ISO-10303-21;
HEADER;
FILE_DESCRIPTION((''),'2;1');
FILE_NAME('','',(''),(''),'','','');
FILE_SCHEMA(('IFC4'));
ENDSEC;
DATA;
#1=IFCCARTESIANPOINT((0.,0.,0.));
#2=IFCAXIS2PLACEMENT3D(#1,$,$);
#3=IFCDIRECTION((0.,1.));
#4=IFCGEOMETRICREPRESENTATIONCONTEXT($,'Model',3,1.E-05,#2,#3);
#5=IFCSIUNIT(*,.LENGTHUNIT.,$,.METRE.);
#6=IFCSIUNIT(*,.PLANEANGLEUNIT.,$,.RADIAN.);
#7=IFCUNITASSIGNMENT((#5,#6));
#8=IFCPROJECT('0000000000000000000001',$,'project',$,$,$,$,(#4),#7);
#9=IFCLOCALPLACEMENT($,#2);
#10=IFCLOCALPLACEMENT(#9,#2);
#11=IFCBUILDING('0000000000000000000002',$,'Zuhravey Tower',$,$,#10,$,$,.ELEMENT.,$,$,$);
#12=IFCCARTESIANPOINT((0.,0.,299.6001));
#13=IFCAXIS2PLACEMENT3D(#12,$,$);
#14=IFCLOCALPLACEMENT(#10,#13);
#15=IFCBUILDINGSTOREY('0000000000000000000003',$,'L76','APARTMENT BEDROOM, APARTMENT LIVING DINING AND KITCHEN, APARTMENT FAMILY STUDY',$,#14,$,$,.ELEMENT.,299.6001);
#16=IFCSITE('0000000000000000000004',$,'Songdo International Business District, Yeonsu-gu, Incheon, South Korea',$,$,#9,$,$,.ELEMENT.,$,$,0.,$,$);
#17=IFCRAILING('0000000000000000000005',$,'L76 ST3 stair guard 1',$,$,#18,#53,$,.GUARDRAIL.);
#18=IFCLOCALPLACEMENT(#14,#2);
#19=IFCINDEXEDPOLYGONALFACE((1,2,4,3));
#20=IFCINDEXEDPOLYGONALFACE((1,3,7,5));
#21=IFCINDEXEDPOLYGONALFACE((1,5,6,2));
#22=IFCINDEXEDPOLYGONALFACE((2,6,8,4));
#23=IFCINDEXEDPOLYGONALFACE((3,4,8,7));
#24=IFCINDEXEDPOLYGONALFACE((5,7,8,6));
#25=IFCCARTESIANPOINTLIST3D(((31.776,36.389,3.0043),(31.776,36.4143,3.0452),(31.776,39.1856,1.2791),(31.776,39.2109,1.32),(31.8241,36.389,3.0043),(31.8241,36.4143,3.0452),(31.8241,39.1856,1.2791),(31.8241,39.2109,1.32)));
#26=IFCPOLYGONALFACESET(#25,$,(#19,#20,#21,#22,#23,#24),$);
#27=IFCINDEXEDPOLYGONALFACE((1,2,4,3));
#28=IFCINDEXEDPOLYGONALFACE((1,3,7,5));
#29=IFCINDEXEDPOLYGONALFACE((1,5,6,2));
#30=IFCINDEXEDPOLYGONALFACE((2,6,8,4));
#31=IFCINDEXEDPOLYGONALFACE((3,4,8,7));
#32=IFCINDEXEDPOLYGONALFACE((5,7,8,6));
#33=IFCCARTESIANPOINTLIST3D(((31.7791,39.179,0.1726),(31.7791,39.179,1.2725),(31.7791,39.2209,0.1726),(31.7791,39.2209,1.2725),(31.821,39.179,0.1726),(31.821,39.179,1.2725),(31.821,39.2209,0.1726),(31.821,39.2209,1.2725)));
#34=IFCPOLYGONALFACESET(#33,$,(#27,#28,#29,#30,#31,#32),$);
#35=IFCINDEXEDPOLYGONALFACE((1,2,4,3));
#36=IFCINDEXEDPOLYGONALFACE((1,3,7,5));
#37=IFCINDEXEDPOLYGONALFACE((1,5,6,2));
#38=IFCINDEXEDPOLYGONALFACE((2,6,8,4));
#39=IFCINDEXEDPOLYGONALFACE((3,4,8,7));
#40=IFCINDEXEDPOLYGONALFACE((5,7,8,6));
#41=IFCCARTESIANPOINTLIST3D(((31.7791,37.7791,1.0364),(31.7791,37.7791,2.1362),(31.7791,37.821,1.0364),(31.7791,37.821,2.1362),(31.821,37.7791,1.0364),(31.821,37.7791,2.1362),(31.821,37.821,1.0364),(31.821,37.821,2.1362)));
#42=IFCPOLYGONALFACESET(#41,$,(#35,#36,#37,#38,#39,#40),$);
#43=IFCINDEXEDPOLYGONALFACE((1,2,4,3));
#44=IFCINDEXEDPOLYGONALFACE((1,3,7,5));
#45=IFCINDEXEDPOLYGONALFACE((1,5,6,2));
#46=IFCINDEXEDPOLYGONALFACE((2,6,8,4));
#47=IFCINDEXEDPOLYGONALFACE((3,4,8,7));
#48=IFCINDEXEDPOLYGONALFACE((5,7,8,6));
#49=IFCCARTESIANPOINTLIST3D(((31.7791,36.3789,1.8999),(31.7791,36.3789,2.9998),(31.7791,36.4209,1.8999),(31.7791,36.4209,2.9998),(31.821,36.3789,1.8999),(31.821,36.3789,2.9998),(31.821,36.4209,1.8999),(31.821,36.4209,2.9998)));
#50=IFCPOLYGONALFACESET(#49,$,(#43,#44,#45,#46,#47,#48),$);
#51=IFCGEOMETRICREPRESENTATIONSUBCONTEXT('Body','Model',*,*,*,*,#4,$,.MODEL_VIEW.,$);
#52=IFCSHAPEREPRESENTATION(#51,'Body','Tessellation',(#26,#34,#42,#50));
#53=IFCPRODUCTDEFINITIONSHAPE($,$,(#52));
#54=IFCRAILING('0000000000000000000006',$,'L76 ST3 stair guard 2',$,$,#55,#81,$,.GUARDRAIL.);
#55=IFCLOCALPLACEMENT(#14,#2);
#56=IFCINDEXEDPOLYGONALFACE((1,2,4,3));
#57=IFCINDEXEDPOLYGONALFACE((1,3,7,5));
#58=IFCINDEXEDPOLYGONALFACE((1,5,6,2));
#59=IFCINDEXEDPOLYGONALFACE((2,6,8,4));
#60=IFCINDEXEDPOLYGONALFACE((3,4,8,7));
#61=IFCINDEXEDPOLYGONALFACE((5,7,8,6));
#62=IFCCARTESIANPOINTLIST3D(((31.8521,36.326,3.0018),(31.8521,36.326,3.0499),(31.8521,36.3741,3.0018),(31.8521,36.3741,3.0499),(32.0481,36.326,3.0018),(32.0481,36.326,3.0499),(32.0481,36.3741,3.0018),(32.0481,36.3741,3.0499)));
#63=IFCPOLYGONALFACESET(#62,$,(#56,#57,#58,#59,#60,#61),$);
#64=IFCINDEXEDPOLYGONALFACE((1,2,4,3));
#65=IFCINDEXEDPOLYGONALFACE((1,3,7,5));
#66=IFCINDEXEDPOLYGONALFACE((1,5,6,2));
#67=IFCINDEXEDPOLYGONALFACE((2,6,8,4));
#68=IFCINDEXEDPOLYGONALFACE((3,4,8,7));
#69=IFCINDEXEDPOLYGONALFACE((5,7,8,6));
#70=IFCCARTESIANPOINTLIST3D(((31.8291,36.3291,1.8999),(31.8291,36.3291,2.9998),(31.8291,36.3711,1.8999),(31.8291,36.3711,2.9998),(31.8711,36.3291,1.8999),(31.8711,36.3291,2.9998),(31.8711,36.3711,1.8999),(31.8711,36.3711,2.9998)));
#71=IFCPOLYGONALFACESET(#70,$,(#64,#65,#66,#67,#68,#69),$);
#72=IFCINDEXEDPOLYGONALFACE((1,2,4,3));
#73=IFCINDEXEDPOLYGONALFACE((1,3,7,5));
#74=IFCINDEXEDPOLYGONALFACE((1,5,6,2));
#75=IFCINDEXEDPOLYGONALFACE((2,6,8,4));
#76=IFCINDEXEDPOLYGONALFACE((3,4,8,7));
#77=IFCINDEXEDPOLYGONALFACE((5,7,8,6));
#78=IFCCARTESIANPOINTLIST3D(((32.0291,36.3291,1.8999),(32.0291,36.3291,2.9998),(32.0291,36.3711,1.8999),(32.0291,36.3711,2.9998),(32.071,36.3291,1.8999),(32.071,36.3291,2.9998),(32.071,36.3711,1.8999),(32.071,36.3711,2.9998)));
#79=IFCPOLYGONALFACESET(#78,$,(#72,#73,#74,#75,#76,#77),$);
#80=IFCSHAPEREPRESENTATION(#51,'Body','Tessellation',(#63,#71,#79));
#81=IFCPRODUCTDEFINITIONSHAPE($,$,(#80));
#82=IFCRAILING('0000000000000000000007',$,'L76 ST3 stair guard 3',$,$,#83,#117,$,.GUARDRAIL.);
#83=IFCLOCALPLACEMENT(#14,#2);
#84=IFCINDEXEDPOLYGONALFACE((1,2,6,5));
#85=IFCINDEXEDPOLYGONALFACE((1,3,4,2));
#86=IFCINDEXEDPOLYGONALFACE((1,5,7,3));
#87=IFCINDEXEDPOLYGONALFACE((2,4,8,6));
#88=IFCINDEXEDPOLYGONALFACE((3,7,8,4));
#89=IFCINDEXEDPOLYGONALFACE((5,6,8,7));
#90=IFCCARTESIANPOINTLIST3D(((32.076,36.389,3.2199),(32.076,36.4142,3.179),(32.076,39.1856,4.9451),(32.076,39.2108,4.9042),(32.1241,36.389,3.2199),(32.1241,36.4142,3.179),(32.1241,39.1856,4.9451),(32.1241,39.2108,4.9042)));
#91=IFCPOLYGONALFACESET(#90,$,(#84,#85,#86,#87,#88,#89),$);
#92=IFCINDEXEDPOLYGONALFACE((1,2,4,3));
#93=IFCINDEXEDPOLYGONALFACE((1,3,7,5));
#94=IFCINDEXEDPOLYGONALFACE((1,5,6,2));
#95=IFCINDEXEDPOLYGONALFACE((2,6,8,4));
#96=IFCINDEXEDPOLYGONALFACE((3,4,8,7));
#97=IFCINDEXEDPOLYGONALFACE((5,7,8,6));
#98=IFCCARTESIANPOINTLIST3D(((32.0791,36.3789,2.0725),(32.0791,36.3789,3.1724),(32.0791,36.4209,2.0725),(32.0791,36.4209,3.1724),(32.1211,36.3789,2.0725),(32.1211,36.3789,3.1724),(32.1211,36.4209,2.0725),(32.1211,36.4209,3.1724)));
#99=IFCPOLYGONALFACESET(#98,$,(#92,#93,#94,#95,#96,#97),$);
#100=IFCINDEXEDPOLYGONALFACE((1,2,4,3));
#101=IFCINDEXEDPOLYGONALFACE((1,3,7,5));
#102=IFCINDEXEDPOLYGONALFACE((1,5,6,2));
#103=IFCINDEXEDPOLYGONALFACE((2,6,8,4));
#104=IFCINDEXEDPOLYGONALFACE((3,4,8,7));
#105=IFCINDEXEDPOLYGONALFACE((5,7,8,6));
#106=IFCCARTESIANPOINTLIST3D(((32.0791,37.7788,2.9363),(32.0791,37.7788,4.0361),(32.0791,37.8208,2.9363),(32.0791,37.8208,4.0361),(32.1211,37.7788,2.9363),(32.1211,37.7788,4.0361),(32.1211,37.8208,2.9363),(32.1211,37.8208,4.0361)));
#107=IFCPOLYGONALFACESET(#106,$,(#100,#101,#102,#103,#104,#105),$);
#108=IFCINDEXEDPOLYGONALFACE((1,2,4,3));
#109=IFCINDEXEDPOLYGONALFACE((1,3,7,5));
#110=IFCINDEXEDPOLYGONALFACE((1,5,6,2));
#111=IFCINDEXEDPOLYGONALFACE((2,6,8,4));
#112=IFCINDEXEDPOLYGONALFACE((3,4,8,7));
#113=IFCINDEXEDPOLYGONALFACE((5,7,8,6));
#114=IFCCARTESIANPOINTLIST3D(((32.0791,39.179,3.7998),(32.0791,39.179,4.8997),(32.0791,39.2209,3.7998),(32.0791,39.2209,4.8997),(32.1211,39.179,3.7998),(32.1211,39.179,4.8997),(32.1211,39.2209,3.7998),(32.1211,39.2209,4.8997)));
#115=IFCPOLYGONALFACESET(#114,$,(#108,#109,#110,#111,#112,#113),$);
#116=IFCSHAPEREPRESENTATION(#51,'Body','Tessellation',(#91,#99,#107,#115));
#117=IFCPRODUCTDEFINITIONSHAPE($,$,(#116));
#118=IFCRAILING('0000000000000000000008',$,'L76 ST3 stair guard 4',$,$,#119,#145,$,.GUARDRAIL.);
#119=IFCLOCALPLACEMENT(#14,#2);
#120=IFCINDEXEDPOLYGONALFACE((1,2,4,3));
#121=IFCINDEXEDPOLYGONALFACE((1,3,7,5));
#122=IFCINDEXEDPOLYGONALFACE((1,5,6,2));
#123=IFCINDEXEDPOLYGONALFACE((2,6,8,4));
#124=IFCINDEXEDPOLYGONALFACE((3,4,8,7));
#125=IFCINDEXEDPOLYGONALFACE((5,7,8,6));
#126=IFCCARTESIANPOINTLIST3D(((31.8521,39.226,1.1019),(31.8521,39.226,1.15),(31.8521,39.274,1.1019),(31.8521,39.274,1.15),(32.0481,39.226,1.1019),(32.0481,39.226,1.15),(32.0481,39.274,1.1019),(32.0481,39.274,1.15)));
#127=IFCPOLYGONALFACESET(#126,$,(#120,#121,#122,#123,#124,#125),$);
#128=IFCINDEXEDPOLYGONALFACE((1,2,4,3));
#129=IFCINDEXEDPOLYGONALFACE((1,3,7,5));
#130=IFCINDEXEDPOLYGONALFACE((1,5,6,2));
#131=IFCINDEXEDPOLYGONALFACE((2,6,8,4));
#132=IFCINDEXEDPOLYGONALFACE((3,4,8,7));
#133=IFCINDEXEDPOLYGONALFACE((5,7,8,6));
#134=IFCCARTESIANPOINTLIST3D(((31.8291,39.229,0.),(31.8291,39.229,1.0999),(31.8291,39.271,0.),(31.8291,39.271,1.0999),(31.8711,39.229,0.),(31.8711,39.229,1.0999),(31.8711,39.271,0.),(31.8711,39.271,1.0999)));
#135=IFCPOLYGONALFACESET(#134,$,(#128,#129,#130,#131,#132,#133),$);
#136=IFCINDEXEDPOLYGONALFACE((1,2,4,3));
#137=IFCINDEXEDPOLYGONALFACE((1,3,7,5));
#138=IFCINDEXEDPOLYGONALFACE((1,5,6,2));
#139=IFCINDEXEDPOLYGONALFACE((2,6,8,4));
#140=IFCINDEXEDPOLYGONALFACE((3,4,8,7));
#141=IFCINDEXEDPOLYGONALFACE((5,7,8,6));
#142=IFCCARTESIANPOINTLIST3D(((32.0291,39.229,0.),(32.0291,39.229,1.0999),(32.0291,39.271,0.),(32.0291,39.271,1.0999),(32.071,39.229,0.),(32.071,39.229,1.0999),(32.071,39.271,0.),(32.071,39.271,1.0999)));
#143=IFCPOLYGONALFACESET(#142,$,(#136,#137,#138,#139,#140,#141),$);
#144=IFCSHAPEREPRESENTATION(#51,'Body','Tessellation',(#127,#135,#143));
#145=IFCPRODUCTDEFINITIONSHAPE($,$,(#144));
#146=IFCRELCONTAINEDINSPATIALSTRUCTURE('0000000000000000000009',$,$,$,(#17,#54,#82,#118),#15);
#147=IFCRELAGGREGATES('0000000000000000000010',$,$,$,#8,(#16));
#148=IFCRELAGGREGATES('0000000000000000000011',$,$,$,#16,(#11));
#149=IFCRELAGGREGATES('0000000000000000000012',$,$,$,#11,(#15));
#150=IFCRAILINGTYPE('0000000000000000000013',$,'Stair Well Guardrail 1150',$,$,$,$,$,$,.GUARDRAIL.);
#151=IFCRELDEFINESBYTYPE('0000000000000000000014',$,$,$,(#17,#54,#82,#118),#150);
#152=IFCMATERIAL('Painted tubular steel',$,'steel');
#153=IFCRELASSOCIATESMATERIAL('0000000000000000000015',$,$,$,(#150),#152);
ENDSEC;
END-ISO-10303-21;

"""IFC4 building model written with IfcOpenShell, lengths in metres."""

from ifc_helpers import new_model, si_unit, direction, frame, origin, origin_2d, place, context, subcontext, project, spatial, rectangle, extrude, material, type_object, element, save


model = new_model("IFC4")

# Units and contexts
model_context = context("Model", 3, precision=1e-05, world=origin(), true_north=direction((0.0, 1.0)))
body_context = subcontext(model_context, "Body", "Model", "MODEL_VIEW")
ifc_project = project(units=[si_unit("LENGTHUNIT", "METRE"), si_unit("PLANEANGLEUNIT", "RADIAN")], contexts=[model_context])

# Site, building, storey
site_placement = place(None, origin())
site = spatial("IfcSite", under=ifc_project, at=site_placement, Name="Songdo International Business District, Yeonsu-gu, Incheon, South Korea", CompositionType="ELEMENT", RefElevation=0.0)
building_placement = place(site_placement, origin())
building = spatial("IfcBuilding", under=site, at=building_placement, Name="Zuhravey Tower", CompositionType="ELEMENT")
storey_placement = place(building_placement, frame((0.0, 0.0, 299.6001)))
storey = spatial("IfcBuildingStorey", under=building, at=storey_placement, Name="L76", Description="APARTMENT BEDROOM, APARTMENT LIVING DINING AND KITCHEN, APARTMENT FAMILY STUDY", CompositionType="ELEMENT", Elevation=299.6001)

# Railings
ifc_material_1 = material(Name="Painted tubular steel", Category="steel")
railing_type_1 = type_object("IfcRailingType", Name="Stair Well Guardrail 1150", PredefinedType="GUARDRAIL", material=ifc_material_1)
railing_1_placement = place(storey_placement, frame((31.8, 39.2, 0.1726)))
element("IfcRailing", 1, at=railing_1_placement, inside=storey, type_object=railing_type_1, Name="L76 ST3 stair guard 1", PredefinedType="GUARDRAIL", context=body_context, shape_type="SweptSolid", body=[
    extrude(rectangle(XDim=0.0481, YDim=0.0481, at=origin_2d()), frame((0.0, -0.0017, 1.127), z_axis=(0.0, -0.85109, 0.52502), x_axis=(1.0, 0.0, 0.0)), (0.0, 0.0, 1.0), 3.2859),
    extrude(rectangle(XDim=0.042, YDim=0.042, at=origin_2d()), origin(), (0.0, 0.0, 1.0), 1.0999),
    extrude(rectangle(XDim=0.042, YDim=0.042, at=origin_2d()), frame((0.0, -1.3999, 0.8638)), (0.0, 0.0, 1.0), 1.0999),
    extrude(rectangle(XDim=0.042, YDim=0.042, at=origin_2d()), frame((0.0, -2.8, 1.7273)), (0.0, 0.0, 1.0), 1.0999),
])
railing_2_placement = place(storey_placement, frame((31.8501, 36.3501, 1.8999)))
element("IfcRailing", 2, at=railing_2_placement, inside=storey, type_object=railing_type_1, Name="L76 ST3 stair guard 2", PredefinedType="GUARDRAIL", context=body_context, shape_type="SweptSolid", body=[
    extrude(rectangle(XDim=0.0481, YDim=0.0481, at=origin_2d()), frame((0.002, 0.0, 1.126), z_axis=(1.0, 0.0, 0.0), x_axis=(0.0, 1.0, 0.0)), (0.0, 0.0, 1.0), 0.196),
    extrude(rectangle(XDim=0.042, YDim=0.042, at=origin_2d()), origin(), (0.0, 0.0, 1.0), 1.0999),
    extrude(rectangle(XDim=0.042, YDim=0.042, at=origin_2d()), frame((0.2, 0.0, 0.0)), (0.0, 0.0, 1.0), 1.0999),
])
railing_3_placement = place(storey_placement, frame((32.1001, 36.3999, 2.0725)))
element("IfcRailing", 3, at=railing_3_placement, inside=storey, type_object=railing_type_1, Name="L76 ST3 stair guard 3", PredefinedType="GUARDRAIL", context=body_context, shape_type="SweptSolid", body=[
    extrude(rectangle(XDim=0.0481, YDim=0.0481, at=origin_2d()), frame((0.0, 0.0017, 1.127), z_axis=(0.0, 0.85109, 0.52502), x_axis=(-1.0, 0.0, 0.0)), (0.0, 0.0, 1.0), 3.2859),
    extrude(rectangle(XDim=0.042, YDim=0.042, at=origin_2d()), origin(), (0.0, 0.0, 1.0), 1.0999),
    extrude(rectangle(XDim=0.042, YDim=0.042, at=origin_2d()), frame((0.0, 1.3999, 0.8638)), (0.0, 0.0, 1.0), 1.0999),
    extrude(rectangle(XDim=0.042, YDim=0.042, at=origin_2d()), frame((0.0, 2.8, 1.7273)), (0.0, 0.0, 1.0), 1.0999),
])
railing_4_placement = place(storey_placement, frame((31.8501, 39.25, 0.0)))
element("IfcRailing", 4, at=railing_4_placement, inside=storey, type_object=railing_type_1, Name="L76 ST3 stair guard 4", PredefinedType="GUARDRAIL", context=body_context, shape_type="SweptSolid", body=[
    extrude(rectangle(XDim=0.0481, YDim=0.0481, at=origin_2d()), frame((0.002, 0.0, 1.126), z_axis=(1.0, 0.0, 0.0), x_axis=(0.0, 1.0, 0.0)), (0.0, 0.0, 1.0), 0.196),
    extrude(rectangle(XDim=0.042, YDim=0.042, at=origin_2d()), origin(), (0.0, 0.0, 1.0), 1.0999),
    extrude(rectangle(XDim=0.042, YDim=0.042, at=origin_2d()), frame((0.2, 0.0, 0.0)), (0.0, 0.0, 1.0), 1.0999),
])

save(model, "model.ifc")
